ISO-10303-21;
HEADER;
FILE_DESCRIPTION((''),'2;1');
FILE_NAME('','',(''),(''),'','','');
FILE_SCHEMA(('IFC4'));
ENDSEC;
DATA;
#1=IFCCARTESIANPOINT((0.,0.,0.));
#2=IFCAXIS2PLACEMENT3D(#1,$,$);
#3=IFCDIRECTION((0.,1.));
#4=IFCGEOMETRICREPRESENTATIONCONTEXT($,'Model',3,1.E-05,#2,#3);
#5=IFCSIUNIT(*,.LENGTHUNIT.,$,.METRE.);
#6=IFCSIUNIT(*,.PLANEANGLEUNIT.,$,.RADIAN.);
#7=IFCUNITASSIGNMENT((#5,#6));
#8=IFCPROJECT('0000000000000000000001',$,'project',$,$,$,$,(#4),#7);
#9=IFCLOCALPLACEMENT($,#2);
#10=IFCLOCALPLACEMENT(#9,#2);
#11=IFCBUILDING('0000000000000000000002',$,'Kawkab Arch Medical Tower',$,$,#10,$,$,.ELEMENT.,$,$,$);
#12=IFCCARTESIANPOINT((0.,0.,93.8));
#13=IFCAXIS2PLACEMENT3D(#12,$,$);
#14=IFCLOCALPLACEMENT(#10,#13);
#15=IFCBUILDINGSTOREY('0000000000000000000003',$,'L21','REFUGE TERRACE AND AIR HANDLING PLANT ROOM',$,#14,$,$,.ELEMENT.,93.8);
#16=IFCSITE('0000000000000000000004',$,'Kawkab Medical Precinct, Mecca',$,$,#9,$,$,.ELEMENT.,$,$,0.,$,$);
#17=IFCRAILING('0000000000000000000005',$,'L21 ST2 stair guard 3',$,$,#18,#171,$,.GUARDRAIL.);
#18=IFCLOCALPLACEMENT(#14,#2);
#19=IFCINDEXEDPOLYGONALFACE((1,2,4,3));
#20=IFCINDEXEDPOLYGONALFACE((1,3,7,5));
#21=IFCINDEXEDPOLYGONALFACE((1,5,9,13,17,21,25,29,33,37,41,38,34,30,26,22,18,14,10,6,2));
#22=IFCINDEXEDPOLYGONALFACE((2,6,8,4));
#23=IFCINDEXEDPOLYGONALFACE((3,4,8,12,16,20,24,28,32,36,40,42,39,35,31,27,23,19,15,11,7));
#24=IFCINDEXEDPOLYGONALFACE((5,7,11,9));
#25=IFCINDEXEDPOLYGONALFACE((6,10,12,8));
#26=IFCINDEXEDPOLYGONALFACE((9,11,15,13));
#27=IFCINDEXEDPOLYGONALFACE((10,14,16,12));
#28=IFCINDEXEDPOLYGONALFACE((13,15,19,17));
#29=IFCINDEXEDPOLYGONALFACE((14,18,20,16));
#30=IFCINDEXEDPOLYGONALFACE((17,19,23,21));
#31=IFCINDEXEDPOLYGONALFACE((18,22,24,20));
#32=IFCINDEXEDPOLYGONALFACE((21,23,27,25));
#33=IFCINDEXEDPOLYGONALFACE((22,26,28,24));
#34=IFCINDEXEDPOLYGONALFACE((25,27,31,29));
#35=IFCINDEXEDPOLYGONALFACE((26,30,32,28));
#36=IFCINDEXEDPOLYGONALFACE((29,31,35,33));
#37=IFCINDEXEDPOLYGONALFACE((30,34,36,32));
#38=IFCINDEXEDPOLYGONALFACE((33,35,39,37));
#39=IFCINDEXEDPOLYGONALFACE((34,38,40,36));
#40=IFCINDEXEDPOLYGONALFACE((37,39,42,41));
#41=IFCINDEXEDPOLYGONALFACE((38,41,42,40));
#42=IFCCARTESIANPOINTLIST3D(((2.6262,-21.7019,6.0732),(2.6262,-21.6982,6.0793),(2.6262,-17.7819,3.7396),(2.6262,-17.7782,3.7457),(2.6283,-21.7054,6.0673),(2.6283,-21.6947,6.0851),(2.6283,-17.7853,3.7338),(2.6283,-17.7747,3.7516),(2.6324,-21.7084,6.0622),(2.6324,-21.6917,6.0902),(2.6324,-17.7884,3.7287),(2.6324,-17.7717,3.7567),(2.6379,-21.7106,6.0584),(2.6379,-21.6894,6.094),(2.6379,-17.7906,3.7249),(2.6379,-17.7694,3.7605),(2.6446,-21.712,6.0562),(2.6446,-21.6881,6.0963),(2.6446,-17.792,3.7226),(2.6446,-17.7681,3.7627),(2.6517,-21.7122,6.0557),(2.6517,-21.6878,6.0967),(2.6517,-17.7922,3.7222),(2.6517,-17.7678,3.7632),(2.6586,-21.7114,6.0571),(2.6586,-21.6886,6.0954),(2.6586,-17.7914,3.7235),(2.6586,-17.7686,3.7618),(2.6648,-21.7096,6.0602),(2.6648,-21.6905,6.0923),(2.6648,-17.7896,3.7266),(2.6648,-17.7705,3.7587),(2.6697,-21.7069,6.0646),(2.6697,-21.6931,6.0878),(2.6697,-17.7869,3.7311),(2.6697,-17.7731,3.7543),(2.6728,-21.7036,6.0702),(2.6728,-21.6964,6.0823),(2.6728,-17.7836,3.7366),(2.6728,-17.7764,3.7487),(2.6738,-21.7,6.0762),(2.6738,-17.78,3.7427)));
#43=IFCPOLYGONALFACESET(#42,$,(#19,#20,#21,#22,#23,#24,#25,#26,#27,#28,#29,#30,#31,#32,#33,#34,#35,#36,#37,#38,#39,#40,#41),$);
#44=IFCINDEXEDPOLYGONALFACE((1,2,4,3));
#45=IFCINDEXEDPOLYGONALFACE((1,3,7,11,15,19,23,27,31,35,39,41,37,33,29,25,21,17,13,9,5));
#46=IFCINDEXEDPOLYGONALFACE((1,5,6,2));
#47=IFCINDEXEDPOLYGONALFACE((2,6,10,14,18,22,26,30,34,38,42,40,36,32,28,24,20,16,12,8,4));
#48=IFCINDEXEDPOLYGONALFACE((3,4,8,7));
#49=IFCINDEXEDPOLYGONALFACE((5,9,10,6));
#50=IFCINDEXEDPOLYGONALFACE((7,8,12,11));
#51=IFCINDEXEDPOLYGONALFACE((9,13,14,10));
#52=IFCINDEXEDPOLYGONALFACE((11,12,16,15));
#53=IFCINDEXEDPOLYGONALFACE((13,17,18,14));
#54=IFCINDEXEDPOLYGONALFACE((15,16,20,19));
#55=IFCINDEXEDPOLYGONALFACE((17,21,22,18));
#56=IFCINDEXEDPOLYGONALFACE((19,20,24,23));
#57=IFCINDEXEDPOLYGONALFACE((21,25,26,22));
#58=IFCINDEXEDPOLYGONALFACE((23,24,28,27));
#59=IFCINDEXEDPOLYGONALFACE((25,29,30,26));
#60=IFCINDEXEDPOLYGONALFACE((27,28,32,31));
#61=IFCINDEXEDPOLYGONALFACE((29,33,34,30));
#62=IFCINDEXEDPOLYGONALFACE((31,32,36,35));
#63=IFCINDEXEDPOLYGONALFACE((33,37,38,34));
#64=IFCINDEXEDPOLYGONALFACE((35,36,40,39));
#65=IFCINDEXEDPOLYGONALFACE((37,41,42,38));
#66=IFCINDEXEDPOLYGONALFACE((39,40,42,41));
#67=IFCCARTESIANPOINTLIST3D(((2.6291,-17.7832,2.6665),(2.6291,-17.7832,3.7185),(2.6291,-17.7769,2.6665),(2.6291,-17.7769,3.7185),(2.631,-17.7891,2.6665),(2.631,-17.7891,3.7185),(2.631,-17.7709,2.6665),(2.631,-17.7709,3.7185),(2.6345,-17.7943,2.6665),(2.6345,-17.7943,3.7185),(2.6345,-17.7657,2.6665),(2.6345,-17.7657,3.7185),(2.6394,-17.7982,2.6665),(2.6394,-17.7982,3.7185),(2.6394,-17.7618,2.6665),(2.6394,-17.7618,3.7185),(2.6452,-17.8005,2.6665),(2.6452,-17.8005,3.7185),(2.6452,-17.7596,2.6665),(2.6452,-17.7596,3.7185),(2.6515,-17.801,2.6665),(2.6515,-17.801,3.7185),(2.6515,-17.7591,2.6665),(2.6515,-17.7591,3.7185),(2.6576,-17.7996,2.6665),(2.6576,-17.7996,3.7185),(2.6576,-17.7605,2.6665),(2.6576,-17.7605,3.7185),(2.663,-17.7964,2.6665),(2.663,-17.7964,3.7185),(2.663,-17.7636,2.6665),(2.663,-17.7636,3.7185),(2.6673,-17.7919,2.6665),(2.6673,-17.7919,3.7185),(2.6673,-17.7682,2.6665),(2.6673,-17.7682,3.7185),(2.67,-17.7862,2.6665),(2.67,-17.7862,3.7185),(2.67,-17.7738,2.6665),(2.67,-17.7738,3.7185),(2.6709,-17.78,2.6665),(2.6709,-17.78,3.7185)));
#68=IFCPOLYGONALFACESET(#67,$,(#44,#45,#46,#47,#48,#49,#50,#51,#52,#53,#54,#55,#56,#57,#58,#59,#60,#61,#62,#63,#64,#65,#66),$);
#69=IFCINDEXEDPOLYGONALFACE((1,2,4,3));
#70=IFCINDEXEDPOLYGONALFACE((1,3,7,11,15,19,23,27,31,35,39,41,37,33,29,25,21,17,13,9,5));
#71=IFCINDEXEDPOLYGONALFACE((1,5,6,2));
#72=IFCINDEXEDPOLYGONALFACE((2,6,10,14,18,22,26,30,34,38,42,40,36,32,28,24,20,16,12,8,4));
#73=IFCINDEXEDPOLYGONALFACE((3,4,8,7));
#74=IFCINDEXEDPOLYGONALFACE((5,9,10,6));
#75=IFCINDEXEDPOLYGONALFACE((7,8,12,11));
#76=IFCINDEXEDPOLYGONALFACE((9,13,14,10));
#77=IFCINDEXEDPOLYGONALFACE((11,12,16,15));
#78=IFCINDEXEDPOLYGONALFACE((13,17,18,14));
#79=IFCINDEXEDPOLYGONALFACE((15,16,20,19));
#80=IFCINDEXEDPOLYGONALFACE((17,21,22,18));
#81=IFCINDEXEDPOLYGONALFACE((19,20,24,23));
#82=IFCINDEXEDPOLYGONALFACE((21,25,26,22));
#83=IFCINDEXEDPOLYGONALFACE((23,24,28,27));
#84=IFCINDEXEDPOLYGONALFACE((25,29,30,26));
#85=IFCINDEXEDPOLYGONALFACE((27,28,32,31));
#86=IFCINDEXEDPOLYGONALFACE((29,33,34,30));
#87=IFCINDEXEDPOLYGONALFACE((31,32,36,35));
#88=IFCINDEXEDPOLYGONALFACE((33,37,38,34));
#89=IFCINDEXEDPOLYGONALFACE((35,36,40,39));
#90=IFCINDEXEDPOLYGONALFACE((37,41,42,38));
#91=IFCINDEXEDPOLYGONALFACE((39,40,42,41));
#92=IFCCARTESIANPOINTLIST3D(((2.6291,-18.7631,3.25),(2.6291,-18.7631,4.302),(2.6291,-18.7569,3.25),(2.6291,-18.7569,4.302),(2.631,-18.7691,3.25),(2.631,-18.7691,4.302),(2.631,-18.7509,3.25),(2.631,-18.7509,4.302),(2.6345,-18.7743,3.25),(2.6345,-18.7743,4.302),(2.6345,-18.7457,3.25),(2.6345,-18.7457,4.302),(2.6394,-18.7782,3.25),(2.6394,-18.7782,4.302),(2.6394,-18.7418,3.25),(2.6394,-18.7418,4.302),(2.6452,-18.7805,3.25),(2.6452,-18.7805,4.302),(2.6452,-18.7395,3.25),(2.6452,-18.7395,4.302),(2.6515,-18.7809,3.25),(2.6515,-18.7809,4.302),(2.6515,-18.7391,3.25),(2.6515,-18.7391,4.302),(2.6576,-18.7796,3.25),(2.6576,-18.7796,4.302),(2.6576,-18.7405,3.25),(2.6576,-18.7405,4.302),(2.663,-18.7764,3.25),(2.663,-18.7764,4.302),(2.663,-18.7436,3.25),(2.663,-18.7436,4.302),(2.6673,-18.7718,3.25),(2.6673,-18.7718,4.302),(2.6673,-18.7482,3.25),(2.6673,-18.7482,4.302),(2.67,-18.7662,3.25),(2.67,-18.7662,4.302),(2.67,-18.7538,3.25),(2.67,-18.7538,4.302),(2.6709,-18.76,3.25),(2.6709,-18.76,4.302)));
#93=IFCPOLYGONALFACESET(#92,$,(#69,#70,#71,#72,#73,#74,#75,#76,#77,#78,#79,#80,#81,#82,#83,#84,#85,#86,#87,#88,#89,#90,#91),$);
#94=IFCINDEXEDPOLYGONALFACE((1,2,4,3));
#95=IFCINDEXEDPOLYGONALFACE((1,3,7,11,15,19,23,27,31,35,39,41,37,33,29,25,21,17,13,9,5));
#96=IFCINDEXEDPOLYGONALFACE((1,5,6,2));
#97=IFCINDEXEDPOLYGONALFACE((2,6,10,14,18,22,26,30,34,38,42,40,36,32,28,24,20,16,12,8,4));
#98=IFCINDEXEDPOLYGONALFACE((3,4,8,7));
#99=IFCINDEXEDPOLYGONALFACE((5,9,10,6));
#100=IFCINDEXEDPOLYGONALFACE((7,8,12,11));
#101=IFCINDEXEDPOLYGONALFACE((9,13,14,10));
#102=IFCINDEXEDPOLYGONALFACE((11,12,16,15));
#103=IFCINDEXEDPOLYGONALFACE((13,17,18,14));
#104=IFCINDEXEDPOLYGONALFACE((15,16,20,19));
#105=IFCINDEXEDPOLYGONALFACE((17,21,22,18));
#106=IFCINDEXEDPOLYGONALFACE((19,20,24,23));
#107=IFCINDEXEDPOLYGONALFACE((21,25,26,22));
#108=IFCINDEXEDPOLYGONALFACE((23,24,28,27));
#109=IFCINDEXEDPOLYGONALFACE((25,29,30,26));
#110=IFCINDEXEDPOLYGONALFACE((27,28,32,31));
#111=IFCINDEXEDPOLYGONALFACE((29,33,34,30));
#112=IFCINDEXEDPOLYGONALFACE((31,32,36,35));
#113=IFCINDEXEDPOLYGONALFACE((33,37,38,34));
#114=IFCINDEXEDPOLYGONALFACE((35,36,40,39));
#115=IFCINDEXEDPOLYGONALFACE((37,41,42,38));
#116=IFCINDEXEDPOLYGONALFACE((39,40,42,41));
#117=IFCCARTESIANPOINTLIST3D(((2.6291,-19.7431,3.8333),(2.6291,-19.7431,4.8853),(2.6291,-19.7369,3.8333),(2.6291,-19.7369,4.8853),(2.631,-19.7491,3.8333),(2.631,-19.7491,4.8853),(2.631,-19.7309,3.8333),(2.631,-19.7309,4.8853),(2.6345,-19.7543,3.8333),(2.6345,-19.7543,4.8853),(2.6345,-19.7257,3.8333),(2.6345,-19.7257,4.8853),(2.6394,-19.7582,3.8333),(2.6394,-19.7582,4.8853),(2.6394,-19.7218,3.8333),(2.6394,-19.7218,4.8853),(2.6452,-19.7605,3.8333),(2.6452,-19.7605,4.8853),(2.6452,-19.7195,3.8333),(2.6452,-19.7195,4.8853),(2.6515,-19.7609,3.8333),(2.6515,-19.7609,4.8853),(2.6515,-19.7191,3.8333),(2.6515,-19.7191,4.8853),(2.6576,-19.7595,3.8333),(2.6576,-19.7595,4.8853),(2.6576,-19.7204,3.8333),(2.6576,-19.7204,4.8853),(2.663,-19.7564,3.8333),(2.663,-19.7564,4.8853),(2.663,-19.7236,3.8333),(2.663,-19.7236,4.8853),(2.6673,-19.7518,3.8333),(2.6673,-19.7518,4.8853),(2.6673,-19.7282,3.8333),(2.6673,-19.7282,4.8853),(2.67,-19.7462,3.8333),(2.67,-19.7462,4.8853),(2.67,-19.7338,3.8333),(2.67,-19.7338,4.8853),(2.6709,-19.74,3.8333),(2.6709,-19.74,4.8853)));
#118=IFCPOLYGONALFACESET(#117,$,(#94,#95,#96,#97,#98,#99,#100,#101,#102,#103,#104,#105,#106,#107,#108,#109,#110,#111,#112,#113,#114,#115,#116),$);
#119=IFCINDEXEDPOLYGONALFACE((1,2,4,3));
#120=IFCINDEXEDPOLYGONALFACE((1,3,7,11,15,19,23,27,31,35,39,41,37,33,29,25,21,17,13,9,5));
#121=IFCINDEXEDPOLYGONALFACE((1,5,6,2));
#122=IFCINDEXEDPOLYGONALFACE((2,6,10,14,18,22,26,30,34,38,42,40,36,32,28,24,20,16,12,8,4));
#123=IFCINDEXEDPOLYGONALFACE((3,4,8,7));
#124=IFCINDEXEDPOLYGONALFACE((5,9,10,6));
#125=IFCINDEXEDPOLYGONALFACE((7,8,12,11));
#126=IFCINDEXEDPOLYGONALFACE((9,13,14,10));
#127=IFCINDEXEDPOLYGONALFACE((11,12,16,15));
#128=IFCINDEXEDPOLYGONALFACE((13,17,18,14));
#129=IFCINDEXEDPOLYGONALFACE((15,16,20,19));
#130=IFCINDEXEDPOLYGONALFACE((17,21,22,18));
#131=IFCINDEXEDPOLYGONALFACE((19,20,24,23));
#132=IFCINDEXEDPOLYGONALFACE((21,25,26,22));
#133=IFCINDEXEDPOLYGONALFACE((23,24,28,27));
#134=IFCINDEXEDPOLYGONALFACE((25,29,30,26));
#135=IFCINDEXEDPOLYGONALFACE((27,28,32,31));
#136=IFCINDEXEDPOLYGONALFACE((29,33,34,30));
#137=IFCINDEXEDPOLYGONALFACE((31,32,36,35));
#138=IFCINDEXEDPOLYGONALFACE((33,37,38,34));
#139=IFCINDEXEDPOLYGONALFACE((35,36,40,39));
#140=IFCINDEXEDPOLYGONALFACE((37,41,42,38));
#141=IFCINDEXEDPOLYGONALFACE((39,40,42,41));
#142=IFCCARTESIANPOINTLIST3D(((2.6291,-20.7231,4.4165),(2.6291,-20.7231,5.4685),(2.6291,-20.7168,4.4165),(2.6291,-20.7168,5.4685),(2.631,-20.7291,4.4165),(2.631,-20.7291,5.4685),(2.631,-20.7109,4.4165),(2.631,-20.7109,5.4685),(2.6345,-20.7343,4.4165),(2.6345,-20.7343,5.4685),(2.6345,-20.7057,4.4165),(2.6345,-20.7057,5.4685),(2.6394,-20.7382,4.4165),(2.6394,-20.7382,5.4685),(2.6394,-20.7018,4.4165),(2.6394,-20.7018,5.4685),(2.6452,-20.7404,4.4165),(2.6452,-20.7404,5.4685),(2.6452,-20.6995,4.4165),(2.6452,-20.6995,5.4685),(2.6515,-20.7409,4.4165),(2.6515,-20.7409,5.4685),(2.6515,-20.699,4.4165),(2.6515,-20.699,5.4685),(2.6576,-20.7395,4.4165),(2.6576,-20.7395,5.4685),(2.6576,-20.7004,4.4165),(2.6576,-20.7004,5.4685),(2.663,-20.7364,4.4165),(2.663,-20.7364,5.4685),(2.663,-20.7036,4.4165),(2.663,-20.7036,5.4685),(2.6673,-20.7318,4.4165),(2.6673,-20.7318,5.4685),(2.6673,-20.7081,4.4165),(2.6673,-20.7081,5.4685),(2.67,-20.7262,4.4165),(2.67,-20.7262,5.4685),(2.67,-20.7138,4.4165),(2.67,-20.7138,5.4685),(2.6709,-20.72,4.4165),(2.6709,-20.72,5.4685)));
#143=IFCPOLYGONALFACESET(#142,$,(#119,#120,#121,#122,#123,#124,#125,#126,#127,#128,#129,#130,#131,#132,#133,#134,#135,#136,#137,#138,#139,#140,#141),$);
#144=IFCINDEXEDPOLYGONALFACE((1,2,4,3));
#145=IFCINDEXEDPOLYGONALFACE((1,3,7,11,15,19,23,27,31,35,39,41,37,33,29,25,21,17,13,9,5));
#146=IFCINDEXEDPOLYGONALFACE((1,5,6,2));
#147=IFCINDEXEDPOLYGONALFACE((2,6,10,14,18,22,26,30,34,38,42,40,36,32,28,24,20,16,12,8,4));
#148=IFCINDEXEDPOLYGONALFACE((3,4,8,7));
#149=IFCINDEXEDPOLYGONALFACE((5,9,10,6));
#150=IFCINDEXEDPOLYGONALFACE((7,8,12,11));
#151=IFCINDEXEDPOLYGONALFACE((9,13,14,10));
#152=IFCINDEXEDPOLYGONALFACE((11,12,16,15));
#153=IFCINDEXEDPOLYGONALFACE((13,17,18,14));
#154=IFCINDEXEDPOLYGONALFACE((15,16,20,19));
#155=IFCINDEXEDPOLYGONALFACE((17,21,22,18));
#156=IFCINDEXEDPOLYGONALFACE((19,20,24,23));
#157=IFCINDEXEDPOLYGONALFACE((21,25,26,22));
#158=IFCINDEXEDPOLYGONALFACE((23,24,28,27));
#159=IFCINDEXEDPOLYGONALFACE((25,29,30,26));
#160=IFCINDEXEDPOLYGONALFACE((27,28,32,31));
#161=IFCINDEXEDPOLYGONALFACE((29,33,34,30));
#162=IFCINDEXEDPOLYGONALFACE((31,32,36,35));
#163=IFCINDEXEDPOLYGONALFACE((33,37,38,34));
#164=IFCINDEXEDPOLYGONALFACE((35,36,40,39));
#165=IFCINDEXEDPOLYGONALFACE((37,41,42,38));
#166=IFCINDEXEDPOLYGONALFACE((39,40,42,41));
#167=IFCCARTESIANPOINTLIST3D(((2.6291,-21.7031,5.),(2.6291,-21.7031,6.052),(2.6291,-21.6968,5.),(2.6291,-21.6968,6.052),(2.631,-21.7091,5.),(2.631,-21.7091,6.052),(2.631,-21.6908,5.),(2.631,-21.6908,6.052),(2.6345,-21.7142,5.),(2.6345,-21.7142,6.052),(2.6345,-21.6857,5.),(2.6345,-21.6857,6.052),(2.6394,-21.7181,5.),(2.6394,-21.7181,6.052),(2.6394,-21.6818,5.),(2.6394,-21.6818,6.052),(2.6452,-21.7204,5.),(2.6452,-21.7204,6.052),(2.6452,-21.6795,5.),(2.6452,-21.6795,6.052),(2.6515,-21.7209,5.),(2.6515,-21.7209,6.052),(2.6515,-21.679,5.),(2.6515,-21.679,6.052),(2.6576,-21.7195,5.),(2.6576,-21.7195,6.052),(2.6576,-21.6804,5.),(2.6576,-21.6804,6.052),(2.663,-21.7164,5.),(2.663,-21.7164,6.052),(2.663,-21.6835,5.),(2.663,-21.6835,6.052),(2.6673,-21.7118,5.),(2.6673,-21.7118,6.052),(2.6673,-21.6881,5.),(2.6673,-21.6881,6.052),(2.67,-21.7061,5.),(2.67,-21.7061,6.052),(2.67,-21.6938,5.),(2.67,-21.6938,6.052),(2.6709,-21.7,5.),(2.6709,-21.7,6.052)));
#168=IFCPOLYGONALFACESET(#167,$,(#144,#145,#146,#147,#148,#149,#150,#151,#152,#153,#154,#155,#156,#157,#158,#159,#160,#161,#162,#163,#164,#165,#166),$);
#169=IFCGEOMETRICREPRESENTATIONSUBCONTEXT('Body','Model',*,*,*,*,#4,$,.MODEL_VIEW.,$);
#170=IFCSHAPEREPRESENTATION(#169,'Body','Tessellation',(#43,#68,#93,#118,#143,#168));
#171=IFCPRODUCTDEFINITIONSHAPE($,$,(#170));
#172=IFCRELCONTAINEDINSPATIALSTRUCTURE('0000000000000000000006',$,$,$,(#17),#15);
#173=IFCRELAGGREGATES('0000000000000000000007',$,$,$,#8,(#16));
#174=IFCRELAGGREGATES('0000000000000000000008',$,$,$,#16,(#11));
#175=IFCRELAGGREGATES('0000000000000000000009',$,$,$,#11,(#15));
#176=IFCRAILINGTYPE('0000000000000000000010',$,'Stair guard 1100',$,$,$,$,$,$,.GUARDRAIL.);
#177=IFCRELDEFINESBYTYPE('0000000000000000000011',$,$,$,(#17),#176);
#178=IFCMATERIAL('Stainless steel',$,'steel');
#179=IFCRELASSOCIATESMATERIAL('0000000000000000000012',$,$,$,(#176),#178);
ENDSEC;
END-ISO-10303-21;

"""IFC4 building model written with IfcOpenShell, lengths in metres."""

from ifc_helpers import new_model, si_unit, direction, frame, origin, origin_2d, place, context, subcontext, project, spatial, circle, extrude, material, type_object, element, save


model = new_model("IFC4")

# Units and contexts
model_context = context("Model", 3, precision=1e-05, world=origin(), true_north=direction((0.0, 1.0)))
body_context = subcontext(model_context, "Body", "Model", "MODEL_VIEW")
ifc_project = project(units=[si_unit("LENGTHUNIT", "METRE"), si_unit("PLANEANGLEUNIT", "RADIAN")], contexts=[model_context])

# Site, building, storey
site_placement = place(None, origin())
site = spatial("IfcSite", under=ifc_project, at=site_placement, Name="Kawkab Medical Precinct, Mecca", CompositionType="ELEMENT", RefElevation=0.0)
building_placement = place(site_placement, origin())
building = spatial("IfcBuilding", under=site, at=building_placement, Name="Kawkab Arch Medical Tower", CompositionType="ELEMENT")
storey_placement = place(building_placement, frame((0.0, 0.0, 93.8)))
storey = spatial("IfcBuildingStorey", under=building, at=storey_placement, Name="L21", Description="REFUGE TERRACE AND AIR HANDLING PLANT ROOM", CompositionType="ELEMENT", Elevation=93.8)

# Railing
ifc_material_1 = material(Name="Stainless steel", Category="steel")
railing_type_1 = type_object("IfcRailingType", Name="Stair guard 1100", PredefinedType="GUARDRAIL", material=ifc_material_1)
railing_1_placement = place(storey_placement, frame((2.6499, -17.78, 2.6665)))
element("IfcRailing", 1, at=railing_1_placement, inside=storey, type_object=railing_type_1, Name="L21 ST2 stair guard 3", PredefinedType="GUARDRAIL", context=body_context, shape_type="SweptSolid", body=[
    extrude(circle(Radius=0.0239, at=origin_2d()), frame((0.0, 0.0, 1.0762), z_axis=(0.0, -0.859273, 0.511518), x_axis=(1.0, 0.0, 0.0)), (0.0, 0.0, 1.0), 4.562),
    extrude(circle(Radius=0.021, at=origin_2d()), origin(), (0.0, 0.0, 1.0), 1.052),
    extrude(circle(Radius=0.021, at=origin_2d()), frame((0.0, -0.98, 0.5835)), (0.0, 0.0, 1.0), 1.052),
    extrude(circle(Radius=0.021, at=origin_2d()), frame((0.0, -1.96, 1.1667)), (0.0, 0.0, 1.0), 1.052),
    extrude(circle(Radius=0.021, at=origin_2d()), frame((0.0, -2.9399, 1.75)), (0.0, 0.0, 1.0), 1.052),
    extrude(circle(Radius=0.021, at=origin_2d()), frame((0.0, -3.9199, 2.3335)), (0.0, 0.0, 1.0), 1.052),
])

save(model, "model.ifc")
